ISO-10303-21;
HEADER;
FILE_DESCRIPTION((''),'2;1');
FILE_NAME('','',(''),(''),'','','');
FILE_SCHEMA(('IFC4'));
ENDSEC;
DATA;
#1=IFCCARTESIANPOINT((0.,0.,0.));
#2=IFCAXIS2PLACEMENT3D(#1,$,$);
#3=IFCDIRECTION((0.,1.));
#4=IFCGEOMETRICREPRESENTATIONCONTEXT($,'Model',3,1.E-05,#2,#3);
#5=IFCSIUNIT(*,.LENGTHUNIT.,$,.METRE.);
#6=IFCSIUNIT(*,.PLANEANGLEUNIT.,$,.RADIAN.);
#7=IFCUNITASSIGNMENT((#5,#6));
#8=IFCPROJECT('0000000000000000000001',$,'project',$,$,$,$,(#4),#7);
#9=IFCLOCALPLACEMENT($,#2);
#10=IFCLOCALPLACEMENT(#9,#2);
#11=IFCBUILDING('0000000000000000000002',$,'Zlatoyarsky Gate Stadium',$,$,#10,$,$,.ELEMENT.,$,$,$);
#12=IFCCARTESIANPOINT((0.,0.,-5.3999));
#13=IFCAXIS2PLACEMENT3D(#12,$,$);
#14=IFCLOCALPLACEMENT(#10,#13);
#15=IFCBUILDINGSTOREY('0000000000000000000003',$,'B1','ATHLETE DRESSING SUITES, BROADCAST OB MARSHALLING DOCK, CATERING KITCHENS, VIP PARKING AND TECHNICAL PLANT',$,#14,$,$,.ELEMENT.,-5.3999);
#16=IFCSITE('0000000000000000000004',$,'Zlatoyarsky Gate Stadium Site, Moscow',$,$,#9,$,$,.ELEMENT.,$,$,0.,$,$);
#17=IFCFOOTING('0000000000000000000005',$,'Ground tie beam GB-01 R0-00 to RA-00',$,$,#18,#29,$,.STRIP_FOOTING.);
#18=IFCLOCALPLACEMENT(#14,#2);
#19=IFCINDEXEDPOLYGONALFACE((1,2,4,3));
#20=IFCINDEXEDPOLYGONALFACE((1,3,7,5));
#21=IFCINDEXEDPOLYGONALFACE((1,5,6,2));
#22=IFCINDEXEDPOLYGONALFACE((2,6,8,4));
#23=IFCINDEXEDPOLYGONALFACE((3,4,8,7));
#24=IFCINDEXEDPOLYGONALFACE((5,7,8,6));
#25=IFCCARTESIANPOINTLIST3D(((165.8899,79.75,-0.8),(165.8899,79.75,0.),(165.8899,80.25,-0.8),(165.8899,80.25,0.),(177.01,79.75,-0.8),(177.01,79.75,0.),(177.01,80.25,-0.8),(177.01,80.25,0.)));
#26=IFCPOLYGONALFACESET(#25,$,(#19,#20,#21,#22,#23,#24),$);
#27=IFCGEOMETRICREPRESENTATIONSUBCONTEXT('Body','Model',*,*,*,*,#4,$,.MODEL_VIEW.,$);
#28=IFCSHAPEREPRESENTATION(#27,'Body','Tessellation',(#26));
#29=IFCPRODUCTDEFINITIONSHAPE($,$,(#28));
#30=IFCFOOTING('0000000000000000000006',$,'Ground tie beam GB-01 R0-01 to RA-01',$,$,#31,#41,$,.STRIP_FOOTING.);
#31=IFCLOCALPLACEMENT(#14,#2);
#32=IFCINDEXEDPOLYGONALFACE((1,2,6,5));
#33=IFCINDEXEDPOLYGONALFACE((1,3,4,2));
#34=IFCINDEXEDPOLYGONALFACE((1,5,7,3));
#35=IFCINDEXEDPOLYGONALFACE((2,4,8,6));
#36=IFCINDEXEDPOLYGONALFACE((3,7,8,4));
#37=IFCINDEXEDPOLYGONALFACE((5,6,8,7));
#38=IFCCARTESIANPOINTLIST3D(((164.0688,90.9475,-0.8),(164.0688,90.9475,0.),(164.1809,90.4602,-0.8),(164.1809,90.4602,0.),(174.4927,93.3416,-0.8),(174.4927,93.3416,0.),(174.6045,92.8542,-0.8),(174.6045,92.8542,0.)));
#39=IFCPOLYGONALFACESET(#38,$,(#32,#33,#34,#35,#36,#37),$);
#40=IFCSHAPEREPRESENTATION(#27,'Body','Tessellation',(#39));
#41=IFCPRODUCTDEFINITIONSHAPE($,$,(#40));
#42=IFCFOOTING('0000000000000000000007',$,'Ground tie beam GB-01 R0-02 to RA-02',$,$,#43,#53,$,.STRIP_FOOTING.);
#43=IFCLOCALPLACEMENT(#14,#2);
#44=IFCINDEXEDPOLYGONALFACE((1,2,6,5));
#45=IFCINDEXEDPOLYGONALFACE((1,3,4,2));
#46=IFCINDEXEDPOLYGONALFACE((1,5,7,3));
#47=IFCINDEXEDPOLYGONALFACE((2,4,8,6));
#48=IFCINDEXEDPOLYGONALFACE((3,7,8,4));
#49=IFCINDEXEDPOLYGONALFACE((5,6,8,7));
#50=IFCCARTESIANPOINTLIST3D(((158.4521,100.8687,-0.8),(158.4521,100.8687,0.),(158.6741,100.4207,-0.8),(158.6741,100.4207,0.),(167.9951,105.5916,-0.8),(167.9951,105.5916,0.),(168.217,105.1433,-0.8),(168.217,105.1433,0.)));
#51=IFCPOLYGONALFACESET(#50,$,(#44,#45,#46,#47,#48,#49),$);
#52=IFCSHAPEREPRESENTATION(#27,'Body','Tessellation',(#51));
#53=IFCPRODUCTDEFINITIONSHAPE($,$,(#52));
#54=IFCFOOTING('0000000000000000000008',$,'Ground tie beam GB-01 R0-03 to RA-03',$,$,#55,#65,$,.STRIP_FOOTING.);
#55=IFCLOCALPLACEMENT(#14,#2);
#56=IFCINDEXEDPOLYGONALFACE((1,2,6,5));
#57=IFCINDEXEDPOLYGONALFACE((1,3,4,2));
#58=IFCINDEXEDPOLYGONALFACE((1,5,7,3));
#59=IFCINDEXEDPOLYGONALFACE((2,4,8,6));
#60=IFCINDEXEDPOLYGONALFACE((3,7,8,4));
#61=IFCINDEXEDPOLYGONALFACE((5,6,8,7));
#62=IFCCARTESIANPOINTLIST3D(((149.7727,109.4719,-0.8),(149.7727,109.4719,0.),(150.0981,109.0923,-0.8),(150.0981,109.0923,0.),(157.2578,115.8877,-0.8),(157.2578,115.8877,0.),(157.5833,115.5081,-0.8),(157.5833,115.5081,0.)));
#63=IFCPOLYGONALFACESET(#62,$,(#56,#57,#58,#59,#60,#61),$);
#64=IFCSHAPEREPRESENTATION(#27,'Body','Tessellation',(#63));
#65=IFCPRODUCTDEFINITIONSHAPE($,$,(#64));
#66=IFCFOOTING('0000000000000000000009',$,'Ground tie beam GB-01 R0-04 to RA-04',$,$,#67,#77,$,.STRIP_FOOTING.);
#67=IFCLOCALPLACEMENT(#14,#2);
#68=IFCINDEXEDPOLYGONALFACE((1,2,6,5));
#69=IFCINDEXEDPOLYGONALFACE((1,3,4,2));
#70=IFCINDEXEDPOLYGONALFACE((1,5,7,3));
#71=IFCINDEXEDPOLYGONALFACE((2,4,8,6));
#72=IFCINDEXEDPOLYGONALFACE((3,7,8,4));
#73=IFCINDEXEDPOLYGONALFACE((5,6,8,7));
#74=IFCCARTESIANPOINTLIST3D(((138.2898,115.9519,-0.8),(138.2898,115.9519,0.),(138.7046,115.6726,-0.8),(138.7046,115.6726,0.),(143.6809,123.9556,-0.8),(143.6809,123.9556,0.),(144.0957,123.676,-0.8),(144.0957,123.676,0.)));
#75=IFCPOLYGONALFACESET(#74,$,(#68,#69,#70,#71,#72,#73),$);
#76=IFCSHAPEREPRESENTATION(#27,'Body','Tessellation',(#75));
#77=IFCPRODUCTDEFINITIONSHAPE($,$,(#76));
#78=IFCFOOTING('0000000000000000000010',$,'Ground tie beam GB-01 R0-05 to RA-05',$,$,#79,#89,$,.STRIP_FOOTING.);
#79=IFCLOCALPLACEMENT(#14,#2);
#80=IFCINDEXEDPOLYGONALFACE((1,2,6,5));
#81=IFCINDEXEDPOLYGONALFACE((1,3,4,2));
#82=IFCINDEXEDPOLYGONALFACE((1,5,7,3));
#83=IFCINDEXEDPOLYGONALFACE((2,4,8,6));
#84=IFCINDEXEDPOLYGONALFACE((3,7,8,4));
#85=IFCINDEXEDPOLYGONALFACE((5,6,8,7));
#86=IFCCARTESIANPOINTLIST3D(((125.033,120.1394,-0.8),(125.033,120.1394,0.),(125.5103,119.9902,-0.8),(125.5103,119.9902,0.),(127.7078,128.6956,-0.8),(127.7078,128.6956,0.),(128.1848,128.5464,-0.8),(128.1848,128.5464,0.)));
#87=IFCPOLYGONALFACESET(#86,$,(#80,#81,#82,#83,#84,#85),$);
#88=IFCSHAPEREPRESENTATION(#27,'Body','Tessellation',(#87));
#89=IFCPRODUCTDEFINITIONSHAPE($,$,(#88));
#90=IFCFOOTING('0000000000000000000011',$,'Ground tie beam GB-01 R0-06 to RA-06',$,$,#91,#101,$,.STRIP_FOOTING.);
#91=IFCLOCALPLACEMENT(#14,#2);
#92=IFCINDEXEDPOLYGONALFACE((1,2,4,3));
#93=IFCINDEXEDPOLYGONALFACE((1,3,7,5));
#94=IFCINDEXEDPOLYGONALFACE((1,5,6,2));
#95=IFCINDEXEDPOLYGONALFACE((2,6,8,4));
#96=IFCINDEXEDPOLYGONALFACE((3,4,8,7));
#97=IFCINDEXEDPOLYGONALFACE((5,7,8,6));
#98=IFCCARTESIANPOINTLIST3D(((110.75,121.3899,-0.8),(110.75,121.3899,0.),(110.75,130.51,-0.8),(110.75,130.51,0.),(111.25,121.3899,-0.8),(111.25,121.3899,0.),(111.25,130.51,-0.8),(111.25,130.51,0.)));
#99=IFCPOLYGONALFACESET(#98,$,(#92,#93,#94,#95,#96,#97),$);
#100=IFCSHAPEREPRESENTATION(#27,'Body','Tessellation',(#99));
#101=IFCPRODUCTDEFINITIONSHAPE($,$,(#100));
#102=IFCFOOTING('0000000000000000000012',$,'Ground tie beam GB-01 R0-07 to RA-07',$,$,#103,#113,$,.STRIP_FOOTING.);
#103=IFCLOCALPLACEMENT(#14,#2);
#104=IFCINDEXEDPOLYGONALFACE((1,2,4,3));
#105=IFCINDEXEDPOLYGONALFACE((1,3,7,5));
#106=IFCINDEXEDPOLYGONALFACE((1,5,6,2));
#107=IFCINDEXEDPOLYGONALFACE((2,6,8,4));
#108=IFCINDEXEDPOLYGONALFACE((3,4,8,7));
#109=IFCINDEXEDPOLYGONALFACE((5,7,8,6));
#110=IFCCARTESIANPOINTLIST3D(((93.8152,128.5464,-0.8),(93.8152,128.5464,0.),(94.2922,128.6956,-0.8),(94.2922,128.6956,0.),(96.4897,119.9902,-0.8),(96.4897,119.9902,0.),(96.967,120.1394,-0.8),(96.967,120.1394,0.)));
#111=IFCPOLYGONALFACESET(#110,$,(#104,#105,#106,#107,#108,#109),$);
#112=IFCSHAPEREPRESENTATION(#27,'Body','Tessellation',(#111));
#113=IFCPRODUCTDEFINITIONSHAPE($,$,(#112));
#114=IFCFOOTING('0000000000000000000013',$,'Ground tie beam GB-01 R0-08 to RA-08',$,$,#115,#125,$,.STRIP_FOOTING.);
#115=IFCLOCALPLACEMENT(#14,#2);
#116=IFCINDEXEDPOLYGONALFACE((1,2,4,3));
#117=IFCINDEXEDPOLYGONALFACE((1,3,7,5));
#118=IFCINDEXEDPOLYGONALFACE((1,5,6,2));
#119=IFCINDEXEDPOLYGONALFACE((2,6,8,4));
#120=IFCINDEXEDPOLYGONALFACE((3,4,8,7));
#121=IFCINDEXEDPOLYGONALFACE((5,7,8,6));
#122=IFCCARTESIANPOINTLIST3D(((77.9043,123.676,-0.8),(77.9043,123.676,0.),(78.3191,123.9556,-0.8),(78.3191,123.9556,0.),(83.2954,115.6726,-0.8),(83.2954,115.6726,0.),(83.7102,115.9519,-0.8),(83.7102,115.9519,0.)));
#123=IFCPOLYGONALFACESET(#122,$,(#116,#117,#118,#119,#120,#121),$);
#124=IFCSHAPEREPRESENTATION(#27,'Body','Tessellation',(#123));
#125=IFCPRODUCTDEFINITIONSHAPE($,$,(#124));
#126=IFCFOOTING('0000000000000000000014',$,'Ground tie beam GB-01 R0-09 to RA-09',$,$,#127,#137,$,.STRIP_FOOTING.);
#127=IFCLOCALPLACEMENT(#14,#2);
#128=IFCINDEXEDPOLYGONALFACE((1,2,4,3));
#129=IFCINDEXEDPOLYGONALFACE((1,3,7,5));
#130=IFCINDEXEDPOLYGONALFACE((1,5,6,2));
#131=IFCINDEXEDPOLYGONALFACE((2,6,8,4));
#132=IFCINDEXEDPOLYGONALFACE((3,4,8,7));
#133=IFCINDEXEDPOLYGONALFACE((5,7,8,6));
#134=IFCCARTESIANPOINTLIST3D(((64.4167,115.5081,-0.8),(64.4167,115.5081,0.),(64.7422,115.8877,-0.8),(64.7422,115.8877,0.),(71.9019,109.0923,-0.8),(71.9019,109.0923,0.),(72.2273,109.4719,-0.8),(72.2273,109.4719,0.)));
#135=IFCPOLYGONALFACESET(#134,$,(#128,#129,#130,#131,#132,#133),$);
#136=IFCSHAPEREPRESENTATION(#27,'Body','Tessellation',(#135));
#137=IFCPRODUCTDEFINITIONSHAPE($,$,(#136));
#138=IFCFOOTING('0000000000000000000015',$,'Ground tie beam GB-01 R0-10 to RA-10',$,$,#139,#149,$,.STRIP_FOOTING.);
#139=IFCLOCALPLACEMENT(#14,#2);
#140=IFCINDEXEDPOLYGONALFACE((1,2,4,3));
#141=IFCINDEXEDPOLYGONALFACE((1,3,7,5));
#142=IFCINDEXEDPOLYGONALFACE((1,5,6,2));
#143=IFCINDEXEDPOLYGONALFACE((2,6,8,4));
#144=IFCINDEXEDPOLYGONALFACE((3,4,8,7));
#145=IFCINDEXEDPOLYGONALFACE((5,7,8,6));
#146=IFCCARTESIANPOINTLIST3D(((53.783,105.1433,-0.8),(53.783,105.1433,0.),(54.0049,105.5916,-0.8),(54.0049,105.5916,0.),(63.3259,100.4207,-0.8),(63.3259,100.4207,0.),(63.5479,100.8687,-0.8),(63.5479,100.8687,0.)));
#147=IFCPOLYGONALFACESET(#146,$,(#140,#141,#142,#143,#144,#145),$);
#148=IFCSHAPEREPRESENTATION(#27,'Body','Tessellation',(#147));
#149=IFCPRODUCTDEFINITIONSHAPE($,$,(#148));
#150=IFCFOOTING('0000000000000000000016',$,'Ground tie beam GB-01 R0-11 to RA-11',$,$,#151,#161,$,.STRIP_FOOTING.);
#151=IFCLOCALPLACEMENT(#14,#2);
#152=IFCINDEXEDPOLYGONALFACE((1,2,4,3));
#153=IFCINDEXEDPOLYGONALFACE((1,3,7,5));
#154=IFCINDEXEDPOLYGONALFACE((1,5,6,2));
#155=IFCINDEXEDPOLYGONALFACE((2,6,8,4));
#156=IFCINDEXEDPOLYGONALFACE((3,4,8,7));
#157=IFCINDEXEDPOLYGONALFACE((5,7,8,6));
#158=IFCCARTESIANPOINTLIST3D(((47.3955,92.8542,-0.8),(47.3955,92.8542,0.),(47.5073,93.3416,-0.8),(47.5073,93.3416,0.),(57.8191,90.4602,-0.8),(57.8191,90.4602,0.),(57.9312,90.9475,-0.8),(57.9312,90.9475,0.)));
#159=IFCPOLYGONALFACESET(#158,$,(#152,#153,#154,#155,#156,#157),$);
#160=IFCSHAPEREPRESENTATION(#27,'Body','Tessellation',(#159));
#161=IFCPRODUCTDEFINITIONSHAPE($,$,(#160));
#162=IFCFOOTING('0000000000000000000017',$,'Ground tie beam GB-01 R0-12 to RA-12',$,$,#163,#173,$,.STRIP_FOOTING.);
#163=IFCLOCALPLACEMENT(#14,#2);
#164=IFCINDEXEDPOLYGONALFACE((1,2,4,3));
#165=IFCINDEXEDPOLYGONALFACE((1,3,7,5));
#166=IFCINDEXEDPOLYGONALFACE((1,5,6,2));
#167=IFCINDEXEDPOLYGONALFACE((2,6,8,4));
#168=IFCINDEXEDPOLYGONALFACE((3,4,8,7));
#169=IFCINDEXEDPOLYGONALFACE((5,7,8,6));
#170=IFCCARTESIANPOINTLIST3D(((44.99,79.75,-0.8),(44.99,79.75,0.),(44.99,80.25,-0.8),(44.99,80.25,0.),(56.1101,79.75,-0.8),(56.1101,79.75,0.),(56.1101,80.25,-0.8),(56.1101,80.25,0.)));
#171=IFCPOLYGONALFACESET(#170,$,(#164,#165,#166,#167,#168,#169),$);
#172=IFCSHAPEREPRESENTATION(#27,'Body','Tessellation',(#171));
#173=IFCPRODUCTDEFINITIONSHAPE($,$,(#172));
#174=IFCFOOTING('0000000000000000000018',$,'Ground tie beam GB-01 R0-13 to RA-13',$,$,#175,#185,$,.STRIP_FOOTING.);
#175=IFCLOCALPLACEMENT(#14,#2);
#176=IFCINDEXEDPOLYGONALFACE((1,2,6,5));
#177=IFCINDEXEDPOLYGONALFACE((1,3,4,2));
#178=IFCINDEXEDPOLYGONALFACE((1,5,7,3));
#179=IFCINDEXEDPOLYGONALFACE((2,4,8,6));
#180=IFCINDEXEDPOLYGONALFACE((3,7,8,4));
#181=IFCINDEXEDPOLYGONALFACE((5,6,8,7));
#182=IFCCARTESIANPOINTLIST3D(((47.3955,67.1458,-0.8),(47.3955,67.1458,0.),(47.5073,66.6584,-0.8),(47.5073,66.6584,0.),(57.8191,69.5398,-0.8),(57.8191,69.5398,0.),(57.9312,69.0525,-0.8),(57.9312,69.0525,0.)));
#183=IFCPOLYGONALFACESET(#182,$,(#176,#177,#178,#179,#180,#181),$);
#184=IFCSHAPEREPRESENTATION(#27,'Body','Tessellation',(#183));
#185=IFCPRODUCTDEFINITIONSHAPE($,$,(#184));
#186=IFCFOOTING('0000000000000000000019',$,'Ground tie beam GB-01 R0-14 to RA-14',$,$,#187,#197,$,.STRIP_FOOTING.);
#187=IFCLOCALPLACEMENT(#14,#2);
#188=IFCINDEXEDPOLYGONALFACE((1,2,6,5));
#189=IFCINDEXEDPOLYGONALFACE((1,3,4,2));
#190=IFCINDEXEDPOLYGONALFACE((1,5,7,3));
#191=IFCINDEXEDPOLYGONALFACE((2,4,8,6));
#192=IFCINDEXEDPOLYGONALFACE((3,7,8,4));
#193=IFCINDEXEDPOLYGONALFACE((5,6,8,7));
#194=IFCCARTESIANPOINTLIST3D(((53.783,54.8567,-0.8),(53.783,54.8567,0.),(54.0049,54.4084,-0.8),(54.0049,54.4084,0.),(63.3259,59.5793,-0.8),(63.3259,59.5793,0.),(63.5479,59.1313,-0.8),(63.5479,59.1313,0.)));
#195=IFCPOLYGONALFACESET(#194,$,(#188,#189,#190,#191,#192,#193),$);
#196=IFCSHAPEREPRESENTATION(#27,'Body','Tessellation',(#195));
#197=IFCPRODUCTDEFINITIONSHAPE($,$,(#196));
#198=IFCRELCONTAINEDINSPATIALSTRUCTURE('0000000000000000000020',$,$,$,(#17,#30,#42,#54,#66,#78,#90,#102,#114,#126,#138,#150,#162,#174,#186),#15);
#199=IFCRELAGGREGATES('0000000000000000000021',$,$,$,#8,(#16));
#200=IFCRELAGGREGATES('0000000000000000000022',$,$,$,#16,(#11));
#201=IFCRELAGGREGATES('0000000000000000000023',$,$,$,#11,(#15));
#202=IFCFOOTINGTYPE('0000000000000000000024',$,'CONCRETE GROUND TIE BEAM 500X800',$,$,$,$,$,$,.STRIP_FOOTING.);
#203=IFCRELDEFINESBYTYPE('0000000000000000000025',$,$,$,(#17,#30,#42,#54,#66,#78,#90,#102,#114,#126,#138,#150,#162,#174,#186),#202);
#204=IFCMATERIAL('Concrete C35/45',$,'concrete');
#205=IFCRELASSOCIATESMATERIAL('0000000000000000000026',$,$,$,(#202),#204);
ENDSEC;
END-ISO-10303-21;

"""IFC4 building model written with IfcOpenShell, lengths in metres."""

from ifc_helpers import new_model, si_unit, direction, frame, origin, origin_2d, place, context, subcontext, project, spatial, polyline, rectangle, outline, extrude, material, material_profile, profile_set, type_object, element, save


model = new_model("IFC4")

# Units and contexts
model_context = context("Model", 3, precision=1e-05, world=origin(), true_north=direction((0.0, 1.0)))
body_context = subcontext(model_context, "Body", "Model", "MODEL_VIEW")
ifc_project = project(units=[si_unit("LENGTHUNIT", "METRE"), si_unit("PLANEANGLEUNIT", "RADIAN")], contexts=[model_context])

# Site, building, storey
site_placement = place(None, origin())
site = spatial("IfcSite", under=ifc_project, at=site_placement, Name="Zlatoyarsky Gate Stadium Site, Moscow", CompositionType="ELEMENT", RefElevation=0.0)
building_placement = place(site_placement, origin())
building = spatial("IfcBuilding", under=site, at=building_placement, Name="Zlatoyarsky Gate Stadium", CompositionType="ELEMENT")
storey_placement = place(building_placement, frame((0.0, 0.0, -5.3999)))
storey = spatial("IfcBuildingStorey", under=building, at=storey_placement, Name="B1", Description="ATHLETE DRESSING SUITES, BROADCAST OB MARSHALLING DOCK, CATERING KITCHENS, VIP PARKING AND TECHNICAL PLANT", CompositionType="ELEMENT", Elevation=-5.3999)

# Footings
ifc_material = material(Name="Concrete C35/45", Category="concrete")
ifc_material_profile_1 = material_profile(ifc_material, rectangle(XDim=0.5, YDim=0.8, at=origin_2d()), Name="GB 500X800")
ifc_profile_set_1 = profile_set([ifc_material_profile_1], Name="Concrete C35/45")
footing_type_1 = type_object("IfcFootingType", Name="CONCRETE GROUND TIE BEAM 500X800", PredefinedType="STRIP_FOOTING", material=ifc_profile_set_1)
footing_1_placement = place(storey_placement, frame((0.0, 0.0, -0.8)))
element("IfcFooting", 1, at=footing_1_placement, inside=storey, type_object=footing_type_1, Name="Ground tie beam GB-01 R0-00 to RA-00", PredefinedType="STRIP_FOOTING", context=body_context, shape_type="SweptSolid", body=[
    extrude(outline(polyline([(165.8899, 79.75), (177.01, 79.75), (177.01, 80.25), (165.8899, 80.25), (165.8899, 79.75)])), origin(), (0.0, 0.0, 1.0), 0.8),
])
footing_2_placement = place(storey_placement, frame((0.0, 0.0, -0.8)))
element("IfcFooting", 2, at=footing_2_placement, inside=storey, type_object=footing_type_1, Name="Ground tie beam GB-01 R0-01 to RA-01", PredefinedType="STRIP_FOOTING", context=body_context, shape_type="SweptSolid", body=[
    extrude(outline(polyline([(164.1809, 90.4602), (174.6045, 92.8542), (174.4927, 93.3416), (164.0688, 90.9475), (164.1809, 90.4602)])), origin(), (0.0, 0.0, 1.0), 0.8),
])
footing_3_placement = place(storey_placement, frame((0.0, 0.0, -0.8)))
element("IfcFooting", 3, at=footing_3_placement, inside=storey, type_object=footing_type_1, Name="Ground tie beam GB-01 R0-02 to RA-02", PredefinedType="STRIP_FOOTING", context=body_context, shape_type="SweptSolid", body=[
    extrude(outline(polyline([(158.6741, 100.4207), (168.217, 105.1433), (167.9951, 105.5916), (158.4521, 100.8687), (158.6741, 100.4207)])), origin(), (0.0, 0.0, 1.0), 0.8),
])
footing_4_placement = place(storey_placement, frame((0.0, 0.0, -0.8)))
element("IfcFooting", 4, at=footing_4_placement, inside=storey, type_object=footing_type_1, Name="Ground tie beam GB-01 R0-03 to RA-03", PredefinedType="STRIP_FOOTING", context=body_context, shape_type="SweptSolid", body=[
    extrude(outline(polyline([(150.0981, 109.0923), (157.5833, 115.5081), (157.2578, 115.8877), (149.7727, 109.4719), (150.0981, 109.0923)])), origin(), (0.0, 0.0, 1.0), 0.8),
])
footing_5_placement = place(storey_placement, frame((0.0, 0.0, -0.8)))
element("IfcFooting", 5, at=footing_5_placement, inside=storey, type_object=footing_type_1, Name="Ground tie beam GB-01 R0-04 to RA-04", PredefinedType="STRIP_FOOTING", context=body_context, shape_type="SweptSolid", body=[
    extrude(outline(polyline([(138.7046, 115.6726), (144.0957, 123.676), (143.6809, 123.9556), (138.2898, 115.9519), (138.7046, 115.6726)])), origin(), (0.0, 0.0, 1.0), 0.8),
])
footing_6_placement = place(storey_placement, frame((0.0, 0.0, -0.8)))
element("IfcFooting", 6, at=footing_6_placement, inside=storey, type_object=footing_type_1, Name="Ground tie beam GB-01 R0-05 to RA-05", PredefinedType="STRIP_FOOTING", context=body_context, shape_type="SweptSolid", body=[
    extrude(outline(polyline([(125.5103, 119.9902), (128.1848, 128.5464), (127.7078, 128.6956), (125.033, 120.1394), (125.5103, 119.9902)])), origin(), (0.0, 0.0, 1.0), 0.8),
])
footing_7_placement = place(storey_placement, frame((0.0, 0.0, -0.8)))
element("IfcFooting", 7, at=footing_7_placement, inside=storey, type_object=footing_type_1, Name="Ground tie beam GB-01 R0-06 to RA-06", PredefinedType="STRIP_FOOTING", context=body_context, shape_type="SweptSolid", body=[
    extrude(outline(polyline([(111.25, 121.3899), (111.25, 130.51), (110.75, 130.51), (110.75, 121.3899), (111.25, 121.3899)])), origin(), (0.0, 0.0, 1.0), 0.8),
])
footing_8_placement = place(storey_placement, frame((0.0, 0.0, -0.8)))
element("IfcFooting", 8, at=footing_8_placement, inside=storey, type_object=footing_type_1, Name="Ground tie beam GB-01 R0-07 to RA-07", PredefinedType="STRIP_FOOTING", context=body_context, shape_type="SweptSolid", body=[
    extrude(outline(polyline([(96.967, 120.1394), (94.2922, 128.6956), (93.8152, 128.5464), (96.4897, 119.9902), (96.967, 120.1394)])), origin(), (0.0, 0.0, 1.0), 0.8),
])
footing_9_placement = place(storey_placement, frame((0.0, 0.0, -0.8)))
element("IfcFooting", 9, at=footing_9_placement, inside=storey, type_object=footing_type_1, Name="Ground tie beam GB-01 R0-08 to RA-08", PredefinedType="STRIP_FOOTING", context=body_context, shape_type="SweptSolid", body=[
    extrude(outline(polyline([(83.7102, 115.9519), (78.3191, 123.9556), (77.9043, 123.676), (83.2954, 115.6726), (83.7102, 115.9519)])), origin(), (0.0, 0.0, 1.0), 0.8),
])
footing_10_placement = place(storey_placement, frame((0.0, 0.0, -0.8)))
element("IfcFooting", 10, at=footing_10_placement, inside=storey, type_object=footing_type_1, Name="Ground tie beam GB-01 R0-09 to RA-09", PredefinedType="STRIP_FOOTING", context=body_context, shape_type="SweptSolid", body=[
    extrude(outline(polyline([(72.2273, 109.4719), (64.7422, 115.8877), (64.4167, 115.5081), (71.9019, 109.0923), (72.2273, 109.4719)])), origin(), (0.0, 0.0, 1.0), 0.8),
])
footing_11_placement = place(storey_placement, frame((0.0, 0.0, -0.8)))
element("IfcFooting", 11, at=footing_11_placement, inside=storey, type_object=footing_type_1, Name="Ground tie beam GB-01 R0-10 to RA-10", PredefinedType="STRIP_FOOTING", context=body_context, shape_type="SweptSolid", body=[
    extrude(outline(polyline([(63.5479, 100.8687), (54.0049, 105.5916), (53.783, 105.1433), (63.3259, 100.4207), (63.5479, 100.8687)])), origin(), (0.0, 0.0, 1.0), 0.8),
])
footing_12_placement = place(storey_placement, frame((0.0, 0.0, -0.8)))
element("IfcFooting", 12, at=footing_12_placement, inside=storey, type_object=footing_type_1, Name="Ground tie beam GB-01 R0-11 to RA-11", PredefinedType="STRIP_FOOTING", context=body_context, shape_type="SweptSolid", body=[
    extrude(outline(polyline([(57.9312, 90.9475), (47.5073, 93.3416), (47.3955, 92.8542), (57.8191, 90.4602), (57.9312, 90.9475)])), origin(), (0.0, 0.0, 1.0), 0.8),
])
footing_13_placement = place(storey_placement, frame((0.0, 0.0, -0.8)))
element("IfcFooting", 13, at=footing_13_placement, inside=storey, type_object=footing_type_1, Name="Ground tie beam GB-01 R0-12 to RA-12", PredefinedType="STRIP_FOOTING", context=body_context, shape_type="SweptSolid", body=[
    extrude(outline(polyline([(56.1101, 80.25), (44.99, 80.25), (44.99, 79.75), (56.1101, 79.75), (56.1101, 80.25)])), origin(), (0.0, 0.0, 1.0), 0.8),
])
footing_14_placement = place(storey_placement, frame((0.0, 0.0, -0.8)))
element("IfcFooting", 14, at=footing_14_placement, inside=storey, type_object=footing_type_1, Name="Ground tie beam GB-01 R0-13 to RA-13", PredefinedType="STRIP_FOOTING", context=body_context, shape_type="SweptSolid", body=[
    extrude(outline(polyline([(57.8191, 69.5398), (47.3955, 67.1458), (47.5073, 66.6584), (57.9312, 69.0525), (57.8191, 69.5398)])), origin(), (0.0, 0.0, 1.0), 0.8),
])
footing_15_placement = place(storey_placement, frame((0.0, 0.0, -0.8)))
element("IfcFooting", 15, at=footing_15_placement, inside=storey, type_object=footing_type_1, Name="Ground tie beam GB-01 R0-14 to RA-14", PredefinedType="STRIP_FOOTING", context=body_context, shape_type="SweptSolid", body=[
    extrude(outline(polyline([(63.3259, 59.5793), (53.783, 54.8567), (54.0049, 54.4084), (63.5479, 59.1313), (63.3259, 59.5793)])), origin(), (0.0, 0.0, 1.0), 0.8),
])

save(model, "model.ifc")
